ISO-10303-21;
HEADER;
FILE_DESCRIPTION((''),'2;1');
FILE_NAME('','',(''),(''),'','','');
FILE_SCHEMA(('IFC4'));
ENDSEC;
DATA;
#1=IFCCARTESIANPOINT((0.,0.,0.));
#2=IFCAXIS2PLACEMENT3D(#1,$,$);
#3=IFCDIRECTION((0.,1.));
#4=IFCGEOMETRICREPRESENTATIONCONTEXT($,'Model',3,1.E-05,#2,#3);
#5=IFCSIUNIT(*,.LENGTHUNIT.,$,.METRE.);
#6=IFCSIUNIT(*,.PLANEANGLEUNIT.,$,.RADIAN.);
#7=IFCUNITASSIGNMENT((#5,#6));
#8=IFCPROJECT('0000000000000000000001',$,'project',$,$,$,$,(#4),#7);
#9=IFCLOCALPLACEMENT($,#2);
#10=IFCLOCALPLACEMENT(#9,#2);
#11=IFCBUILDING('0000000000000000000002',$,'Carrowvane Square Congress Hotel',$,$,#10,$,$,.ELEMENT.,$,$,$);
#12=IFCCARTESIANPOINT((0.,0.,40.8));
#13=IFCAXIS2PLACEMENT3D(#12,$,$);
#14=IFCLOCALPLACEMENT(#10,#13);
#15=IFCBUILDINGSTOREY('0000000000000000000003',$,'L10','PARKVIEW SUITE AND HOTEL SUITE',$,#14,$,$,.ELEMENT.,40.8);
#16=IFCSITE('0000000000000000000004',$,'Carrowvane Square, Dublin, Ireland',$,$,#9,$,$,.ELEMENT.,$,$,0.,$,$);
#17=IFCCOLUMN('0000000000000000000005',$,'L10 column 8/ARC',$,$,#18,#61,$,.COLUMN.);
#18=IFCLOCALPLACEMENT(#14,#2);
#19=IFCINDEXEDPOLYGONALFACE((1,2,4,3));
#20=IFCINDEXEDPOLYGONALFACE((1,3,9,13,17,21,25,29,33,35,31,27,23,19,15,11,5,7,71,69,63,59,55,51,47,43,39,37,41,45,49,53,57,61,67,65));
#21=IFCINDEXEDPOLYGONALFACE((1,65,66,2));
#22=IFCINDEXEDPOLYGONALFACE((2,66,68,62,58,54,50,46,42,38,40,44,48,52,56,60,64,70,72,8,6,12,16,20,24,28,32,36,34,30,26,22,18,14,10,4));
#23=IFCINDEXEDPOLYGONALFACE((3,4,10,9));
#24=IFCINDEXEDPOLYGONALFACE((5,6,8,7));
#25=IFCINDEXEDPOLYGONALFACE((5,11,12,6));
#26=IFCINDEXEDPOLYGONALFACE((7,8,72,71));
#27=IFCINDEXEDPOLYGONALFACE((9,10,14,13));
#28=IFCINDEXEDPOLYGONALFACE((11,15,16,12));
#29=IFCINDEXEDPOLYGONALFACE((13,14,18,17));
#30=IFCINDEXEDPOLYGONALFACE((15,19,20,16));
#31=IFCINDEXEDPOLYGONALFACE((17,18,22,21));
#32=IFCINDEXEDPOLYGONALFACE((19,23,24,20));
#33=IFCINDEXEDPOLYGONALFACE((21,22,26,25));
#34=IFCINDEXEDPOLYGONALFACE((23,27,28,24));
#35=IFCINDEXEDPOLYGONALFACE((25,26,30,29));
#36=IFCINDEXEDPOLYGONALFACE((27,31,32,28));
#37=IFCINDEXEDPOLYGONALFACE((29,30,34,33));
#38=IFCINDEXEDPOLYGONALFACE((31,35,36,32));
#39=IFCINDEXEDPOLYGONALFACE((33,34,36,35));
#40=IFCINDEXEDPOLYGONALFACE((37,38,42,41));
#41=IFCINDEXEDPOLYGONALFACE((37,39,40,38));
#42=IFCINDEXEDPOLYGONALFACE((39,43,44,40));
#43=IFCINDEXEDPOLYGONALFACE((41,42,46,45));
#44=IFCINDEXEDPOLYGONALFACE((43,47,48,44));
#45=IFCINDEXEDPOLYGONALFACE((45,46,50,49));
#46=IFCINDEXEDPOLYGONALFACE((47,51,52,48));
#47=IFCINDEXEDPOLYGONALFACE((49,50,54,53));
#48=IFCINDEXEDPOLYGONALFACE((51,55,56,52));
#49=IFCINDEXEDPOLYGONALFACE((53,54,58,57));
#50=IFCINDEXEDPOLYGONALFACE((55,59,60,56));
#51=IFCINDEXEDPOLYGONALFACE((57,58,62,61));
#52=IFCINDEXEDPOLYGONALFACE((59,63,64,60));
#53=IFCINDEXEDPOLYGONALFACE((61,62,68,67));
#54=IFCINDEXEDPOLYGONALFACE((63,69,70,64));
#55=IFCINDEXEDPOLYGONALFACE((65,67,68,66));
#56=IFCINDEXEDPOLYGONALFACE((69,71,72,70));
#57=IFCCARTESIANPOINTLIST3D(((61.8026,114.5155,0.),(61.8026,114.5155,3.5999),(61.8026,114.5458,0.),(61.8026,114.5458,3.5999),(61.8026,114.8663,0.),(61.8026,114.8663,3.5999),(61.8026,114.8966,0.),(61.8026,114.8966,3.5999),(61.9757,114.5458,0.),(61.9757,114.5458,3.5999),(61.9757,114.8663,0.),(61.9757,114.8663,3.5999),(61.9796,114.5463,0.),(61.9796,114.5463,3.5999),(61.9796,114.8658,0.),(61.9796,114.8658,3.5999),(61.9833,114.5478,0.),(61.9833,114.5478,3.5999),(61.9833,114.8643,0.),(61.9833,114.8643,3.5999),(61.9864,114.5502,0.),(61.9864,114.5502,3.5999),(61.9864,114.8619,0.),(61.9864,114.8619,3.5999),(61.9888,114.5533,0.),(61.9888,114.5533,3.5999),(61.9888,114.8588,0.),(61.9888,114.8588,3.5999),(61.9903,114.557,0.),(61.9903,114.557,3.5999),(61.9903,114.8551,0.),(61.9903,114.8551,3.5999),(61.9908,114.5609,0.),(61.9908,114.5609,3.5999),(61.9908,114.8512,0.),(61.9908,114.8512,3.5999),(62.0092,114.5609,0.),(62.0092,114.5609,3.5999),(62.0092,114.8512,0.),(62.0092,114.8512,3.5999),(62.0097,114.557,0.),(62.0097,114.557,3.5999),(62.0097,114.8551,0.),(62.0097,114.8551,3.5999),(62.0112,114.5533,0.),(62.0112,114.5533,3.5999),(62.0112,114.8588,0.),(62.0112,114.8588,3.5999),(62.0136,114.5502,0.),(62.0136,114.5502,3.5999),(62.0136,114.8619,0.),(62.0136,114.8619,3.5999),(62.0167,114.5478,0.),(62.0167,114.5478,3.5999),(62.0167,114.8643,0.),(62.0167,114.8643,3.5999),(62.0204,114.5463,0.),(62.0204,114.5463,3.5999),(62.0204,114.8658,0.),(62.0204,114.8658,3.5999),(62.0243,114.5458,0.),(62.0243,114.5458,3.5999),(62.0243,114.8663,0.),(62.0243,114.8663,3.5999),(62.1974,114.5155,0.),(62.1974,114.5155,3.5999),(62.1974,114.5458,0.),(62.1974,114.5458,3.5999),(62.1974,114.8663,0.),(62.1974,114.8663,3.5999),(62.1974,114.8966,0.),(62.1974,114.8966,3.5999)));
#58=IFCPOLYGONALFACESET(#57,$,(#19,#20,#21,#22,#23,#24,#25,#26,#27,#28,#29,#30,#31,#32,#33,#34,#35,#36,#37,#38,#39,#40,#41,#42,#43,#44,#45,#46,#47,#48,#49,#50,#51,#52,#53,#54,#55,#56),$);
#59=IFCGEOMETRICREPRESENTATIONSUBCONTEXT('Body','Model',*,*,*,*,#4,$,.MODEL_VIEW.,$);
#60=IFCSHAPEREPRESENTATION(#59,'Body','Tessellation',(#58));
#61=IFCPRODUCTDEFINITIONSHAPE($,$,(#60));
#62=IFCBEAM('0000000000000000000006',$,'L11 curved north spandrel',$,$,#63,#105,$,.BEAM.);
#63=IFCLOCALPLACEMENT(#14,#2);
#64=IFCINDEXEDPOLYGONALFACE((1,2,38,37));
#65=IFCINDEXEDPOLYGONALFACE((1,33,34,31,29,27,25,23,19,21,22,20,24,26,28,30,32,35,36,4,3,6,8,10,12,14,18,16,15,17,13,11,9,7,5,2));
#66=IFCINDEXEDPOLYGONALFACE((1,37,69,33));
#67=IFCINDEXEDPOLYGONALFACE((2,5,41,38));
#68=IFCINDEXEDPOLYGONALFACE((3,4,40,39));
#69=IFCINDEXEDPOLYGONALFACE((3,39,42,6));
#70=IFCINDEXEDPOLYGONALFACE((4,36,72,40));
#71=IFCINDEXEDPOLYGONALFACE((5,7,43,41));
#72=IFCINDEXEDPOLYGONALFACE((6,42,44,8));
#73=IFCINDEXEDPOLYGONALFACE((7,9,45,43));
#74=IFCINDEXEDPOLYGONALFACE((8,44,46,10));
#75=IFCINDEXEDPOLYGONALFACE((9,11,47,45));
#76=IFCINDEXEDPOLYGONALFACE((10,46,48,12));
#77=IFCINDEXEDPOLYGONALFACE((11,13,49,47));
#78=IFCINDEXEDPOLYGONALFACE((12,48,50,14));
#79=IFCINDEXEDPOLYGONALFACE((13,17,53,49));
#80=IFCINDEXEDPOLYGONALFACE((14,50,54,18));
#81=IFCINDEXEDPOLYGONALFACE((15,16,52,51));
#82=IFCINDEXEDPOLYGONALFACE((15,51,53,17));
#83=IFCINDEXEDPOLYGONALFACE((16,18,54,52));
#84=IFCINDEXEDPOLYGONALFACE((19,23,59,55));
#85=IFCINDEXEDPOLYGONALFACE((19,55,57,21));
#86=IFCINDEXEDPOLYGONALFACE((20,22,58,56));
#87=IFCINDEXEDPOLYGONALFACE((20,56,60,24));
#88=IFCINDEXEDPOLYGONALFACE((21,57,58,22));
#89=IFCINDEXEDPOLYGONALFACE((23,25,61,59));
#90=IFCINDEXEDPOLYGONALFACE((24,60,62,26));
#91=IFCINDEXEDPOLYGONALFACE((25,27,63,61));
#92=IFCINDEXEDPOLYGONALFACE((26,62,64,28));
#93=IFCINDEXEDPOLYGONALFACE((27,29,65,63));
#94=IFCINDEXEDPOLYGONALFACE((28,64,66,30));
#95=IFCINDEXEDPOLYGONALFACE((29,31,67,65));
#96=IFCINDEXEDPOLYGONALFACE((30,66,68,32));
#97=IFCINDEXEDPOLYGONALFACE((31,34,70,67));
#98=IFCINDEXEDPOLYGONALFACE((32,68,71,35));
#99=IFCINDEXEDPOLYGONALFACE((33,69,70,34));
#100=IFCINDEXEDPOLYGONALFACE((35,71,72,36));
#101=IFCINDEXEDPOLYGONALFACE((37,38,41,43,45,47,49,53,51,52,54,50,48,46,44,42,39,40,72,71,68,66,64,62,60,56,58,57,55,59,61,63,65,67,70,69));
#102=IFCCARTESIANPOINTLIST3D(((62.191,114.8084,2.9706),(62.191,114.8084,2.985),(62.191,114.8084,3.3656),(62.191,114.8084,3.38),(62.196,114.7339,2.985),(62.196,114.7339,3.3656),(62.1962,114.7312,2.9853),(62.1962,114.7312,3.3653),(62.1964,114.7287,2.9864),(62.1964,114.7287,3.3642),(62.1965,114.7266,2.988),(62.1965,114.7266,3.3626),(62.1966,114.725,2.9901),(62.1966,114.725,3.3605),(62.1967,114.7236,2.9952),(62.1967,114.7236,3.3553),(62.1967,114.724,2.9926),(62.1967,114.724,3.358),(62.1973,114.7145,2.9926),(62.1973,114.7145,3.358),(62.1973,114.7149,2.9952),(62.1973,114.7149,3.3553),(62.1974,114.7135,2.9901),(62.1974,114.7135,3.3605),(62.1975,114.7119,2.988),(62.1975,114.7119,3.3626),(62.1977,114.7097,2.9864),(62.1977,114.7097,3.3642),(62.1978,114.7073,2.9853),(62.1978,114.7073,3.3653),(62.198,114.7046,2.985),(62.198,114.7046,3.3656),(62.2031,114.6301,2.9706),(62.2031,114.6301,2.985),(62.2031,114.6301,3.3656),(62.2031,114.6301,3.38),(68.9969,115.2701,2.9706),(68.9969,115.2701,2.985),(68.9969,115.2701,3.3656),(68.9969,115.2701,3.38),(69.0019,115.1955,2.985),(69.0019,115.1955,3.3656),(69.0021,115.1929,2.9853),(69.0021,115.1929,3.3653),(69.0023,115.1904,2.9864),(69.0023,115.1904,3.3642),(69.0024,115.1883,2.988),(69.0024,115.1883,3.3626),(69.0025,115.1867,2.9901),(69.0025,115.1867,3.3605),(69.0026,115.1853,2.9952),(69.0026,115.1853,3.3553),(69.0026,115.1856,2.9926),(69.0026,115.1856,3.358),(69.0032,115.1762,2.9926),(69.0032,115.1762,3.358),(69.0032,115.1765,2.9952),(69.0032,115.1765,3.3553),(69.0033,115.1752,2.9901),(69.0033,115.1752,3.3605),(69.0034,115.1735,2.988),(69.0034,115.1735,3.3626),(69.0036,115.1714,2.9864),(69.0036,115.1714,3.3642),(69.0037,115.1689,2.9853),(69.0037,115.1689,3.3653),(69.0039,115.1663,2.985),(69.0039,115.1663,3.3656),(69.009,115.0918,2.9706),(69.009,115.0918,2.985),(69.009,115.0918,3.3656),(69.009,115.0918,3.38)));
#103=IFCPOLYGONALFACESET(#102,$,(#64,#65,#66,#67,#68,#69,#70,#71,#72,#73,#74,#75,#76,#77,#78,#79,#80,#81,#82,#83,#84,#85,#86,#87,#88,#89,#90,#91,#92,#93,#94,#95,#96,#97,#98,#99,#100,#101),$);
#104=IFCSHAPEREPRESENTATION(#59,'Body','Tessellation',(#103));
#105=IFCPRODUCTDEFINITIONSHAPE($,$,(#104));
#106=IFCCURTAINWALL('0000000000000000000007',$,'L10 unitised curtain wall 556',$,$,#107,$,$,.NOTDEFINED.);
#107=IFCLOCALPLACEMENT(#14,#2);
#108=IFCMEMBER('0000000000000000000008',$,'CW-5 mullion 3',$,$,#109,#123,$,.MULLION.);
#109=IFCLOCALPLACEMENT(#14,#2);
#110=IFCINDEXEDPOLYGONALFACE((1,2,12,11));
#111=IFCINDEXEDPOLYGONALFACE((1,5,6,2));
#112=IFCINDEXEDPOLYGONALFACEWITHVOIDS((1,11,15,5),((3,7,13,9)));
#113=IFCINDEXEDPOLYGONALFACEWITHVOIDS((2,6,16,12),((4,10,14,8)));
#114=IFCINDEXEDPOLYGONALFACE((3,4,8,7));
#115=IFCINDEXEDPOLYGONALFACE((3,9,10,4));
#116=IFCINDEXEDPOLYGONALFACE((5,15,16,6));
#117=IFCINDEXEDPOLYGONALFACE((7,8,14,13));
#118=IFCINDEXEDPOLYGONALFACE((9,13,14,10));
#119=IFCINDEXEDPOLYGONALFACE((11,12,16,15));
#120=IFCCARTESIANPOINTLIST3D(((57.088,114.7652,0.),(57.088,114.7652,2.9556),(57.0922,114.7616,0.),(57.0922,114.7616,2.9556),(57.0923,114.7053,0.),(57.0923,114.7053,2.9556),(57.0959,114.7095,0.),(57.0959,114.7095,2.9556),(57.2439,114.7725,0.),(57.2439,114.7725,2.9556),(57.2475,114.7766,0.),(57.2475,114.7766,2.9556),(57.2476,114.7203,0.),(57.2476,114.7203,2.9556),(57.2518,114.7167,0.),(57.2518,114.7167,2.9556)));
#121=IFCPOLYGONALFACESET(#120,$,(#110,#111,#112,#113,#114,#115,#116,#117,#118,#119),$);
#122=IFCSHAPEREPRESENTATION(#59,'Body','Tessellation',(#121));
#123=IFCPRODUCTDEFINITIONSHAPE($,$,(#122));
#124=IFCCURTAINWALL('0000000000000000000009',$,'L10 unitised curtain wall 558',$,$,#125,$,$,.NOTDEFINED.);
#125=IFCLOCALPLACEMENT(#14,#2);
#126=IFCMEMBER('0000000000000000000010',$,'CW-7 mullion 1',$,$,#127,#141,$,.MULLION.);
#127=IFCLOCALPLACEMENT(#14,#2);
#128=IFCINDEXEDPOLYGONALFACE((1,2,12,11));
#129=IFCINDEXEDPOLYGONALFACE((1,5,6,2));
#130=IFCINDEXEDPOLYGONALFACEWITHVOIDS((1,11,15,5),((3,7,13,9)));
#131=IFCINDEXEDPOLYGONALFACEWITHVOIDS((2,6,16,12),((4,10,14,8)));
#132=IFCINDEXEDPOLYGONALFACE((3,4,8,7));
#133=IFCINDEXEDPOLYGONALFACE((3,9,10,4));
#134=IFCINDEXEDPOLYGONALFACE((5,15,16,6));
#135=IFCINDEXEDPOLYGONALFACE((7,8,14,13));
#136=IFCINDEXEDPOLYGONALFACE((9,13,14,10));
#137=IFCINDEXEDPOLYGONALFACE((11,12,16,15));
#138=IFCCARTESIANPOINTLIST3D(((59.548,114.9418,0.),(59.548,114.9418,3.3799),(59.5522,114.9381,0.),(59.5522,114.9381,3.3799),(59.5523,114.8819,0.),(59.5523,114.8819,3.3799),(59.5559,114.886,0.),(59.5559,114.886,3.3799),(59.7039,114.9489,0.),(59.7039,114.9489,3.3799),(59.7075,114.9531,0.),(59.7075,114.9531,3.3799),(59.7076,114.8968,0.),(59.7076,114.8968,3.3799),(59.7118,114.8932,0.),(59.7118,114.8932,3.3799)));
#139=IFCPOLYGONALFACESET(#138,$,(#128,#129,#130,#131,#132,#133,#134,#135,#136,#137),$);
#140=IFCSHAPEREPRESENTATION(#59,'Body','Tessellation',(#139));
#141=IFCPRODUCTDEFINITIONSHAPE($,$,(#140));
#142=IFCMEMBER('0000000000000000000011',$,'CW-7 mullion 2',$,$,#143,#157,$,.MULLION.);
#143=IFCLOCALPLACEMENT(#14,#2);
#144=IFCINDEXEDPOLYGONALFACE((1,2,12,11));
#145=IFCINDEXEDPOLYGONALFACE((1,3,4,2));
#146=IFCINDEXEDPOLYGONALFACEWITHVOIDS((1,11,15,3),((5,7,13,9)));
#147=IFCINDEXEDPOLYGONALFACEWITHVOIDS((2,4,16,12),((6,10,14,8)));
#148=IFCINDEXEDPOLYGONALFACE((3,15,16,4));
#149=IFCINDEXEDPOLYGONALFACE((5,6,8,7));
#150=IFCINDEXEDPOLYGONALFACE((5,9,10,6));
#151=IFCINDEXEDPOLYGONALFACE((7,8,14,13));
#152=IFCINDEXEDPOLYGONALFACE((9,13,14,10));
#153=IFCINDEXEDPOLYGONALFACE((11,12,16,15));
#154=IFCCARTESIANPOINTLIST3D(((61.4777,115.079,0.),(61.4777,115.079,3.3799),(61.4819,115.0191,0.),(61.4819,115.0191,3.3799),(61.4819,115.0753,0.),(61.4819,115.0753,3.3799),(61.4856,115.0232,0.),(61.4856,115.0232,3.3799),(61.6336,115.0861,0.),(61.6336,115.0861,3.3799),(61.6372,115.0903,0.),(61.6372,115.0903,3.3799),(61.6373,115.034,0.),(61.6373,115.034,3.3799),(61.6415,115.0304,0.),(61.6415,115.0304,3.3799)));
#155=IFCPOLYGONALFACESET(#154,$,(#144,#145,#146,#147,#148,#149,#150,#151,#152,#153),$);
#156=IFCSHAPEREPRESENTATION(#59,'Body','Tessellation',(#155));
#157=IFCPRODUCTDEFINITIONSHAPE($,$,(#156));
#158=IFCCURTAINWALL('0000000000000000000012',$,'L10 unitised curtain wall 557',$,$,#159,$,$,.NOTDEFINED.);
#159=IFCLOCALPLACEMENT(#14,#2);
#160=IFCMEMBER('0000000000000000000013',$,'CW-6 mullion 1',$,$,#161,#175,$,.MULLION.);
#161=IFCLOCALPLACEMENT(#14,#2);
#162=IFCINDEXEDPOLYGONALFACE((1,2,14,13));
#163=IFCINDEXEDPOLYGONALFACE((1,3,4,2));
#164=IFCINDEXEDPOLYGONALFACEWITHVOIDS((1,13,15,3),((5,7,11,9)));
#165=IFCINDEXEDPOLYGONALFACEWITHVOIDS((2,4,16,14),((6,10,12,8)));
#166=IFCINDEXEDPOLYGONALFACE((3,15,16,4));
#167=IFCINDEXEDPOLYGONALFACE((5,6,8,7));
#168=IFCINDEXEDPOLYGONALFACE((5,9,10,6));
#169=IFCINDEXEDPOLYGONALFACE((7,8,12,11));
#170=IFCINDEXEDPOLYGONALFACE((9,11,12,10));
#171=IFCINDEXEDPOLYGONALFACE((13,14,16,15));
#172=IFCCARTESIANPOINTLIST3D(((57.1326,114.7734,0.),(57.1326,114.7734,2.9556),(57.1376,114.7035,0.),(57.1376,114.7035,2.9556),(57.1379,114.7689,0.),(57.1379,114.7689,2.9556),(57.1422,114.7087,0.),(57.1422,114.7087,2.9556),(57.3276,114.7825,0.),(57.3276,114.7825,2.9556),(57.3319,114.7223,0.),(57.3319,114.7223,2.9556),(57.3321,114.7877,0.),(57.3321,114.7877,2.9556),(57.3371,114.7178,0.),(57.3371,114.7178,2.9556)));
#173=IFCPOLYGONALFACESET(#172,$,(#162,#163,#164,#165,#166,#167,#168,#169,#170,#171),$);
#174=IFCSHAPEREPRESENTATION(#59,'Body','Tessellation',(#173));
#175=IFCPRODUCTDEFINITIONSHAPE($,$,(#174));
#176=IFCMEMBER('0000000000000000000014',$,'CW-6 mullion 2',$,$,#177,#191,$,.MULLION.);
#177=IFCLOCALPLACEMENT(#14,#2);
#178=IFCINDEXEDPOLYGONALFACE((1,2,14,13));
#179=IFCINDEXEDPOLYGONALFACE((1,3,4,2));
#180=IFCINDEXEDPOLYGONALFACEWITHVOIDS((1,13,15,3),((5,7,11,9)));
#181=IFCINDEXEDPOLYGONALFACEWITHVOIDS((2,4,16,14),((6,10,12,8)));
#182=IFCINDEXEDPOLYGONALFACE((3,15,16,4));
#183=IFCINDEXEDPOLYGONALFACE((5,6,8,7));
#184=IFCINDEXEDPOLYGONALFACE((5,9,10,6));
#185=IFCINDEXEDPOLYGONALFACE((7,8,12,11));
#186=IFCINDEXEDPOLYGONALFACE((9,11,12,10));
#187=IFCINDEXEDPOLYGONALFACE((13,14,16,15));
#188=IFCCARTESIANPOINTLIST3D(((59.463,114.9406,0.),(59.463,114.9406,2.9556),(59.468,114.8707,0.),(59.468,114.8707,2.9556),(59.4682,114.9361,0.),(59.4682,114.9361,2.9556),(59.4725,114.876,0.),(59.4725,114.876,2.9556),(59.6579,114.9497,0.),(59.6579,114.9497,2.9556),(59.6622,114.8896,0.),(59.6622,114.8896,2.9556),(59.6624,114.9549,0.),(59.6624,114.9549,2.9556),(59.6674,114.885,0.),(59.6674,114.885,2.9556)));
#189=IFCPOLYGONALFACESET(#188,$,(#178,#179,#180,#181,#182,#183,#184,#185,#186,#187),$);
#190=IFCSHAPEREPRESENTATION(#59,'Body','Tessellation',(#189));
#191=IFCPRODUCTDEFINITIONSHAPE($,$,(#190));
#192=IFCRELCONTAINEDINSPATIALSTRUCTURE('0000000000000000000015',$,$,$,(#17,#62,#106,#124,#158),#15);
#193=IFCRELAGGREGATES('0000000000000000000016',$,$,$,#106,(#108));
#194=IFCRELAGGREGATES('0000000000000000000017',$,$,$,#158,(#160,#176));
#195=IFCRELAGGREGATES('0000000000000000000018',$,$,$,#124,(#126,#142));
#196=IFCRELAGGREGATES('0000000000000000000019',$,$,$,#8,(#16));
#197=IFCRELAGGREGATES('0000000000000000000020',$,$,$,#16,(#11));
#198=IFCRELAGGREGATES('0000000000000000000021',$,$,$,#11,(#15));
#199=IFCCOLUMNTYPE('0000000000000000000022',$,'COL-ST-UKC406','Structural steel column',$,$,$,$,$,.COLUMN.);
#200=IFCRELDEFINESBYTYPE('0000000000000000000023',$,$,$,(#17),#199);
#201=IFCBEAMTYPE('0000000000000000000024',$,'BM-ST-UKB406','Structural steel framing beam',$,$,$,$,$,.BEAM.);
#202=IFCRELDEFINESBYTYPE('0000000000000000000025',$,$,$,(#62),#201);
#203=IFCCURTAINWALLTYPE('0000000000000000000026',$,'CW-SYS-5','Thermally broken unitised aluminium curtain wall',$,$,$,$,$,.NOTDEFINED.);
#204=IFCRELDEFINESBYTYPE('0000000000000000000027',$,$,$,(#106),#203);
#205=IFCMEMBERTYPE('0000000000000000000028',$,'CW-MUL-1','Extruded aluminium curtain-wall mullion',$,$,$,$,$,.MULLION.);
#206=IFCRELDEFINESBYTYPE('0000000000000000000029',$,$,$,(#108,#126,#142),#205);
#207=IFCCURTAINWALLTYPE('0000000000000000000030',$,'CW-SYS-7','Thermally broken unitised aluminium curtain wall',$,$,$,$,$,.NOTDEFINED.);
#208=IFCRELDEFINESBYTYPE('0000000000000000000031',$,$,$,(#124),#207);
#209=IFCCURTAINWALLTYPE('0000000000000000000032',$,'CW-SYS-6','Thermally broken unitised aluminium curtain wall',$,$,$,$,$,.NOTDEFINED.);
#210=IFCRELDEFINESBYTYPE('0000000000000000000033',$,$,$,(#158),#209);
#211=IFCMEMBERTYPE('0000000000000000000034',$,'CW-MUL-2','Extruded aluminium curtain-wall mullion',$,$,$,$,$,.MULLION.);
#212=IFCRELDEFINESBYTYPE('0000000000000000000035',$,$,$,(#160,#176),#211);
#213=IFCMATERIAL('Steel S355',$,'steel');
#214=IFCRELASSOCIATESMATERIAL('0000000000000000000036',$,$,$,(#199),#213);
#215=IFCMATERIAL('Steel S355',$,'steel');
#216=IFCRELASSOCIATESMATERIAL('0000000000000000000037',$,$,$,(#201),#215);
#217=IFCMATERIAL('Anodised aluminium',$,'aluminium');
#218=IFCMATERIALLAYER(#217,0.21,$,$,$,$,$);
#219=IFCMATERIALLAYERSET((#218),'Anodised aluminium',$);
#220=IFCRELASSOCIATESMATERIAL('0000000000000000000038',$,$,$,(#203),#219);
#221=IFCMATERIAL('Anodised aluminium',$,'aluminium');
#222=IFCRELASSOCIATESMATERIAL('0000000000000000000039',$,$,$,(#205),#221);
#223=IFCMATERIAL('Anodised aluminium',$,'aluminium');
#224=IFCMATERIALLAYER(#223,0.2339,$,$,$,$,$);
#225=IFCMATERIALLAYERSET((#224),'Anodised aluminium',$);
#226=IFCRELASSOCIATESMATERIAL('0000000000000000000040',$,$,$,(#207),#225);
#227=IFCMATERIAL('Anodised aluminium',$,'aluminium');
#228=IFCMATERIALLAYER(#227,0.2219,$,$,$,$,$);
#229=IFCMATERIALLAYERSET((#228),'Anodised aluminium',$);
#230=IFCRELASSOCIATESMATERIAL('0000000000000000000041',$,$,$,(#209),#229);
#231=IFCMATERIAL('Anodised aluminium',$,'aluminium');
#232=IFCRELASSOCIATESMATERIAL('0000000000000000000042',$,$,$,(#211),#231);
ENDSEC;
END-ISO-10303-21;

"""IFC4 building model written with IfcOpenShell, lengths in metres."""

from ifc_helpers import new_model, si_unit, direction, frame, origin, origin_2d, place, context, subcontext, project, spatial, hollow_rectangle, i_section, extrude, material, layer, layer_set, material_profile, profile_set, type_object, element, aggregate, save


model = new_model("IFC4")

# Units and contexts
model_context = context("Model", 3, precision=1e-05, world=origin(), true_north=direction((0.0, 1.0)))
body_context = subcontext(model_context, "Body", "Model", "MODEL_VIEW")
ifc_project = project(units=[si_unit("LENGTHUNIT", "METRE"), si_unit("PLANEANGLEUNIT", "RADIAN")], contexts=[model_context])

# Site, building, storey
site_placement = place(None, origin())
site = spatial("IfcSite", under=ifc_project, at=site_placement, Name="Carrowvane Square, Dublin, Ireland", CompositionType="ELEMENT", RefElevation=0.0)
building_placement = place(site_placement, origin())
building = spatial("IfcBuilding", under=site, at=building_placement, Name="Carrowvane Square Congress Hotel", CompositionType="ELEMENT")
storey_placement = place(building_placement, frame((0.0, 0.0, 40.8)))
storey = spatial("IfcBuildingStorey", under=building, at=storey_placement, Name="L10", Description="PARKVIEW SUITE AND HOTEL SUITE", CompositionType="ELEMENT", Elevation=40.8)

# Column
ifc_material_1 = material(Name="Steel S355", Category="steel")
ifc_material_profile_1 = material_profile(ifc_material_1, i_section(OverallWidth=0.3948, OverallDepth=0.3811, WebThickness=0.0183, FlangeThickness=0.0303, FilletRadius=0.0151, at=origin_2d()), Name="UKC 356x406x235")
ifc_profile_set_1 = profile_set([ifc_material_profile_1], Name="Steel S355")
column_type = type_object("IfcColumnType", Name="COL-ST-UKC406", Description="Structural steel column", PredefinedType="COLUMN", material=ifc_profile_set_1)
column_placement = place(storey_placement, frame((62.0, 114.7061, 0.0), z_axis=(0.0, 0.0, 1.0), x_axis=(1.0, 0.0, 0.0)))
element("IfcColumn", 1, at=column_placement, inside=storey, type_object=column_type, Name="L10 column 8/ARC", PredefinedType="COLUMN", context=body_context, shape_type="SweptSolid", body=[
    extrude(i_section(OverallWidth=0.3948, OverallDepth=0.3811, WebThickness=0.0183, FlangeThickness=0.0303, FilletRadius=0.0151, at=origin_2d()), origin(), (0.0, 0.0, 1.0), 3.5999),
])

# Beam
ifc_material_2 = material(Name="Steel S355", Category="steel")
ifc_material_profile_2 = material_profile(ifc_material_2, i_section(OverallWidth=0.1787, OverallDepth=0.4094, WebThickness=0.0088, FlangeThickness=0.0144, FilletRadius=0.0103, at=origin_2d()), Name="UKB 406x178x67")
ifc_profile_set_2 = profile_set([ifc_material_profile_2], Name="Steel S355")
beam_type = type_object("IfcBeamType", Name="BM-ST-UKB406", Description="Structural steel framing beam", PredefinedType="BEAM", material=ifc_profile_set_2)
beam_placement = place(storey_placement, frame((62.197, 114.7192, 3.1753), z_axis=(0.997707, 0.067678, 0.0), x_axis=(-0.067678, 0.997707, 0.0)))
element("IfcBeam", 2, at=beam_placement, inside=storey, type_object=beam_type, Name="L11 curved north spandrel", PredefinedType="BEAM", context=body_context, shape_type="SweptSolid", body=[
    extrude(i_section(OverallWidth=0.1787, OverallDepth=0.4094, WebThickness=0.0088, FlangeThickness=0.0144, FilletRadius=0.0103, at=origin_2d()), origin(), (0.0, 0.0, 1.0), 6.8215),
])

# Curtain wall, member
ifc_material_3 = material(Name="Anodised aluminium", Category="aluminium")
ifc_layer_1 = layer(ifc_material_3, 0.21)
ifc_layer_set_1 = layer_set([ifc_layer_1], Name="Anodised aluminium")
curtain_wall_type_1 = type_object("IfcCurtainWallType", Name="CW-SYS-5", Description="Thermally broken unitised aluminium curtain wall", PredefinedType="NOTDEFINED", material=ifc_layer_set_1)
curtain_wall_1_placement = place(storey_placement, origin())
curtain_wall_1 = element("IfcCurtainWall", 3, at=curtain_wall_1_placement, inside=storey, type_object=curtain_wall_type_1, Name="L10 unitised curtain wall 556", PredefinedType="NOTDEFINED")
ifc_material_4 = material(Name="Anodised aluminium", Category="aluminium")
ifc_material_profile_3 = material_profile(ifc_material_4, hollow_rectangle(XDim=0.0601, YDim=0.1599, WallThickness=0.0039, at=origin_2d()), Name="CW-ML 60x160x4")
ifc_profile_set_3 = profile_set([ifc_material_profile_3], Name="Anodised aluminium")
member_type_1 = type_object("IfcMemberType", Name="CW-MUL-1", Description="Extruded aluminium curtain-wall mullion", PredefinedType="MULLION", material=ifc_profile_set_3)
member_1_placement = place(storey_placement, frame((57.1699, 114.741, 0.0), z_axis=(0.0, 0.0, 1.0), x_axis=(-0.071418, 0.997446, 0.0)))
member_1 = element("IfcMember", 4, at=member_1_placement, type_object=member_type_1, Name="CW-5 mullion 3", PredefinedType="MULLION", context=body_context, shape_type="SweptSolid", body=[
    extrude(hollow_rectangle(XDim=0.0601, YDim=0.1599, WallThickness=0.0039, at=origin_2d()), origin(), (0.0, 0.0, 1.0), 2.9556),
])

# Curtain walls, members
ifc_material_5 = material(Name="Anodised aluminium", Category="aluminium")
ifc_layer_2 = layer(ifc_material_5, 0.2339)
ifc_layer_set_2 = layer_set([ifc_layer_2], Name="Anodised aluminium")
curtain_wall_type_2 = type_object("IfcCurtainWallType", Name="CW-SYS-7", Description="Thermally broken unitised aluminium curtain wall", PredefinedType="NOTDEFINED", material=ifc_layer_set_2)
curtain_wall_2_placement = place(storey_placement, origin())
curtain_wall_2 = element("IfcCurtainWall", 5, at=curtain_wall_2_placement, inside=storey, type_object=curtain_wall_type_2, Name="L10 unitised curtain wall 558", PredefinedType="NOTDEFINED")
member_2_placement = place(storey_placement, frame((59.6299, 114.9175, 0.0), z_axis=(0.0, 0.0, 1.0), x_axis=(-0.07096, 0.997479, 0.0)))
member_2 = element("IfcMember", 6, at=member_2_placement, type_object=member_type_1, Name="CW-7 mullion 1", PredefinedType="MULLION", context=body_context, shape_type="SweptSolid", body=[
    extrude(hollow_rectangle(XDim=0.0601, YDim=0.1599, WallThickness=0.0039, at=origin_2d()), origin(), (0.0, 0.0, 1.0), 3.3799),
])
member_3_placement = place(storey_placement, frame((61.5596, 115.0547, 0.0), z_axis=(0.0, 0.0, 1.0), x_axis=(-0.07096, 0.997479, 0.0)))
member_3 = element("IfcMember", 7, at=member_3_placement, type_object=member_type_1, Name="CW-7 mullion 2", PredefinedType="MULLION", context=body_context, shape_type="SweptSolid", body=[
    extrude(hollow_rectangle(XDim=0.0601, YDim=0.1599, WallThickness=0.0039, at=origin_2d()), origin(), (0.0, 0.0, 1.0), 3.3799),
])
ifc_material_6 = material(Name="Anodised aluminium", Category="aluminium")
ifc_layer_3 = layer(ifc_material_6, 0.2219)
ifc_layer_set_3 = layer_set([ifc_layer_3], Name="Anodised aluminium")
curtain_wall_type_3 = type_object("IfcCurtainWallType", Name="CW-SYS-6", Description="Thermally broken unitised aluminium curtain wall", PredefinedType="NOTDEFINED", material=ifc_layer_set_3)
curtain_wall_3_placement = place(storey_placement, origin())
curtain_wall_3 = element("IfcCurtainWall", 8, at=curtain_wall_3_placement, inside=storey, type_object=curtain_wall_type_3, Name="L10 unitised curtain wall 557", PredefinedType="NOTDEFINED")
ifc_material_7 = material(Name="Anodised aluminium", Category="aluminium")
ifc_material_profile_4 = material_profile(ifc_material_7, hollow_rectangle(XDim=0.0701, YDim=0.2, WallThickness=0.0049, at=origin_2d()), Name="CW-ML 70x200x5")
ifc_profile_set_4 = profile_set([ifc_material_profile_4], Name="Anodised aluminium")
member_type_2 = type_object("IfcMemberType", Name="CW-MUL-2", Description="Extruded aluminium curtain-wall mullion", PredefinedType="MULLION", material=ifc_profile_set_4)
member_4_placement = place(storey_placement, frame((57.2349, 114.7456, 0.0), z_axis=(0.0, 0.0, 1.0), x_axis=(-0.071532, 0.997438, 0.0)))
member_4 = element("IfcMember", 9, at=member_4_placement, type_object=member_type_2, Name="CW-6 mullion 1", PredefinedType="MULLION", context=body_context, shape_type="SweptSolid", body=[
    extrude(hollow_rectangle(XDim=0.0701, YDim=0.2, WallThickness=0.0049, at=origin_2d()), origin(), (0.0, 0.0, 1.0), 2.9556),
])
member_5_placement = place(storey_placement, frame((59.5652, 114.9128, 0.0), z_axis=(0.0, 0.0, 1.0), x_axis=(-0.071532, 0.997438, 0.0)))
member_5 = element("IfcMember", 10, at=member_5_placement, type_object=member_type_2, Name="CW-6 mullion 2", PredefinedType="MULLION", context=body_context, shape_type="SweptSolid", body=[
    extrude(hollow_rectangle(XDim=0.0701, YDim=0.2, WallThickness=0.0049, at=origin_2d()), origin(), (0.0, 0.0, 1.0), 2.9556),
])

aggregate(curtain_wall_1, [member_1])
aggregate(curtain_wall_3, [member_4, member_5])
aggregate(curtain_wall_2, [member_2, member_3])

save(model, "model.ifc")
